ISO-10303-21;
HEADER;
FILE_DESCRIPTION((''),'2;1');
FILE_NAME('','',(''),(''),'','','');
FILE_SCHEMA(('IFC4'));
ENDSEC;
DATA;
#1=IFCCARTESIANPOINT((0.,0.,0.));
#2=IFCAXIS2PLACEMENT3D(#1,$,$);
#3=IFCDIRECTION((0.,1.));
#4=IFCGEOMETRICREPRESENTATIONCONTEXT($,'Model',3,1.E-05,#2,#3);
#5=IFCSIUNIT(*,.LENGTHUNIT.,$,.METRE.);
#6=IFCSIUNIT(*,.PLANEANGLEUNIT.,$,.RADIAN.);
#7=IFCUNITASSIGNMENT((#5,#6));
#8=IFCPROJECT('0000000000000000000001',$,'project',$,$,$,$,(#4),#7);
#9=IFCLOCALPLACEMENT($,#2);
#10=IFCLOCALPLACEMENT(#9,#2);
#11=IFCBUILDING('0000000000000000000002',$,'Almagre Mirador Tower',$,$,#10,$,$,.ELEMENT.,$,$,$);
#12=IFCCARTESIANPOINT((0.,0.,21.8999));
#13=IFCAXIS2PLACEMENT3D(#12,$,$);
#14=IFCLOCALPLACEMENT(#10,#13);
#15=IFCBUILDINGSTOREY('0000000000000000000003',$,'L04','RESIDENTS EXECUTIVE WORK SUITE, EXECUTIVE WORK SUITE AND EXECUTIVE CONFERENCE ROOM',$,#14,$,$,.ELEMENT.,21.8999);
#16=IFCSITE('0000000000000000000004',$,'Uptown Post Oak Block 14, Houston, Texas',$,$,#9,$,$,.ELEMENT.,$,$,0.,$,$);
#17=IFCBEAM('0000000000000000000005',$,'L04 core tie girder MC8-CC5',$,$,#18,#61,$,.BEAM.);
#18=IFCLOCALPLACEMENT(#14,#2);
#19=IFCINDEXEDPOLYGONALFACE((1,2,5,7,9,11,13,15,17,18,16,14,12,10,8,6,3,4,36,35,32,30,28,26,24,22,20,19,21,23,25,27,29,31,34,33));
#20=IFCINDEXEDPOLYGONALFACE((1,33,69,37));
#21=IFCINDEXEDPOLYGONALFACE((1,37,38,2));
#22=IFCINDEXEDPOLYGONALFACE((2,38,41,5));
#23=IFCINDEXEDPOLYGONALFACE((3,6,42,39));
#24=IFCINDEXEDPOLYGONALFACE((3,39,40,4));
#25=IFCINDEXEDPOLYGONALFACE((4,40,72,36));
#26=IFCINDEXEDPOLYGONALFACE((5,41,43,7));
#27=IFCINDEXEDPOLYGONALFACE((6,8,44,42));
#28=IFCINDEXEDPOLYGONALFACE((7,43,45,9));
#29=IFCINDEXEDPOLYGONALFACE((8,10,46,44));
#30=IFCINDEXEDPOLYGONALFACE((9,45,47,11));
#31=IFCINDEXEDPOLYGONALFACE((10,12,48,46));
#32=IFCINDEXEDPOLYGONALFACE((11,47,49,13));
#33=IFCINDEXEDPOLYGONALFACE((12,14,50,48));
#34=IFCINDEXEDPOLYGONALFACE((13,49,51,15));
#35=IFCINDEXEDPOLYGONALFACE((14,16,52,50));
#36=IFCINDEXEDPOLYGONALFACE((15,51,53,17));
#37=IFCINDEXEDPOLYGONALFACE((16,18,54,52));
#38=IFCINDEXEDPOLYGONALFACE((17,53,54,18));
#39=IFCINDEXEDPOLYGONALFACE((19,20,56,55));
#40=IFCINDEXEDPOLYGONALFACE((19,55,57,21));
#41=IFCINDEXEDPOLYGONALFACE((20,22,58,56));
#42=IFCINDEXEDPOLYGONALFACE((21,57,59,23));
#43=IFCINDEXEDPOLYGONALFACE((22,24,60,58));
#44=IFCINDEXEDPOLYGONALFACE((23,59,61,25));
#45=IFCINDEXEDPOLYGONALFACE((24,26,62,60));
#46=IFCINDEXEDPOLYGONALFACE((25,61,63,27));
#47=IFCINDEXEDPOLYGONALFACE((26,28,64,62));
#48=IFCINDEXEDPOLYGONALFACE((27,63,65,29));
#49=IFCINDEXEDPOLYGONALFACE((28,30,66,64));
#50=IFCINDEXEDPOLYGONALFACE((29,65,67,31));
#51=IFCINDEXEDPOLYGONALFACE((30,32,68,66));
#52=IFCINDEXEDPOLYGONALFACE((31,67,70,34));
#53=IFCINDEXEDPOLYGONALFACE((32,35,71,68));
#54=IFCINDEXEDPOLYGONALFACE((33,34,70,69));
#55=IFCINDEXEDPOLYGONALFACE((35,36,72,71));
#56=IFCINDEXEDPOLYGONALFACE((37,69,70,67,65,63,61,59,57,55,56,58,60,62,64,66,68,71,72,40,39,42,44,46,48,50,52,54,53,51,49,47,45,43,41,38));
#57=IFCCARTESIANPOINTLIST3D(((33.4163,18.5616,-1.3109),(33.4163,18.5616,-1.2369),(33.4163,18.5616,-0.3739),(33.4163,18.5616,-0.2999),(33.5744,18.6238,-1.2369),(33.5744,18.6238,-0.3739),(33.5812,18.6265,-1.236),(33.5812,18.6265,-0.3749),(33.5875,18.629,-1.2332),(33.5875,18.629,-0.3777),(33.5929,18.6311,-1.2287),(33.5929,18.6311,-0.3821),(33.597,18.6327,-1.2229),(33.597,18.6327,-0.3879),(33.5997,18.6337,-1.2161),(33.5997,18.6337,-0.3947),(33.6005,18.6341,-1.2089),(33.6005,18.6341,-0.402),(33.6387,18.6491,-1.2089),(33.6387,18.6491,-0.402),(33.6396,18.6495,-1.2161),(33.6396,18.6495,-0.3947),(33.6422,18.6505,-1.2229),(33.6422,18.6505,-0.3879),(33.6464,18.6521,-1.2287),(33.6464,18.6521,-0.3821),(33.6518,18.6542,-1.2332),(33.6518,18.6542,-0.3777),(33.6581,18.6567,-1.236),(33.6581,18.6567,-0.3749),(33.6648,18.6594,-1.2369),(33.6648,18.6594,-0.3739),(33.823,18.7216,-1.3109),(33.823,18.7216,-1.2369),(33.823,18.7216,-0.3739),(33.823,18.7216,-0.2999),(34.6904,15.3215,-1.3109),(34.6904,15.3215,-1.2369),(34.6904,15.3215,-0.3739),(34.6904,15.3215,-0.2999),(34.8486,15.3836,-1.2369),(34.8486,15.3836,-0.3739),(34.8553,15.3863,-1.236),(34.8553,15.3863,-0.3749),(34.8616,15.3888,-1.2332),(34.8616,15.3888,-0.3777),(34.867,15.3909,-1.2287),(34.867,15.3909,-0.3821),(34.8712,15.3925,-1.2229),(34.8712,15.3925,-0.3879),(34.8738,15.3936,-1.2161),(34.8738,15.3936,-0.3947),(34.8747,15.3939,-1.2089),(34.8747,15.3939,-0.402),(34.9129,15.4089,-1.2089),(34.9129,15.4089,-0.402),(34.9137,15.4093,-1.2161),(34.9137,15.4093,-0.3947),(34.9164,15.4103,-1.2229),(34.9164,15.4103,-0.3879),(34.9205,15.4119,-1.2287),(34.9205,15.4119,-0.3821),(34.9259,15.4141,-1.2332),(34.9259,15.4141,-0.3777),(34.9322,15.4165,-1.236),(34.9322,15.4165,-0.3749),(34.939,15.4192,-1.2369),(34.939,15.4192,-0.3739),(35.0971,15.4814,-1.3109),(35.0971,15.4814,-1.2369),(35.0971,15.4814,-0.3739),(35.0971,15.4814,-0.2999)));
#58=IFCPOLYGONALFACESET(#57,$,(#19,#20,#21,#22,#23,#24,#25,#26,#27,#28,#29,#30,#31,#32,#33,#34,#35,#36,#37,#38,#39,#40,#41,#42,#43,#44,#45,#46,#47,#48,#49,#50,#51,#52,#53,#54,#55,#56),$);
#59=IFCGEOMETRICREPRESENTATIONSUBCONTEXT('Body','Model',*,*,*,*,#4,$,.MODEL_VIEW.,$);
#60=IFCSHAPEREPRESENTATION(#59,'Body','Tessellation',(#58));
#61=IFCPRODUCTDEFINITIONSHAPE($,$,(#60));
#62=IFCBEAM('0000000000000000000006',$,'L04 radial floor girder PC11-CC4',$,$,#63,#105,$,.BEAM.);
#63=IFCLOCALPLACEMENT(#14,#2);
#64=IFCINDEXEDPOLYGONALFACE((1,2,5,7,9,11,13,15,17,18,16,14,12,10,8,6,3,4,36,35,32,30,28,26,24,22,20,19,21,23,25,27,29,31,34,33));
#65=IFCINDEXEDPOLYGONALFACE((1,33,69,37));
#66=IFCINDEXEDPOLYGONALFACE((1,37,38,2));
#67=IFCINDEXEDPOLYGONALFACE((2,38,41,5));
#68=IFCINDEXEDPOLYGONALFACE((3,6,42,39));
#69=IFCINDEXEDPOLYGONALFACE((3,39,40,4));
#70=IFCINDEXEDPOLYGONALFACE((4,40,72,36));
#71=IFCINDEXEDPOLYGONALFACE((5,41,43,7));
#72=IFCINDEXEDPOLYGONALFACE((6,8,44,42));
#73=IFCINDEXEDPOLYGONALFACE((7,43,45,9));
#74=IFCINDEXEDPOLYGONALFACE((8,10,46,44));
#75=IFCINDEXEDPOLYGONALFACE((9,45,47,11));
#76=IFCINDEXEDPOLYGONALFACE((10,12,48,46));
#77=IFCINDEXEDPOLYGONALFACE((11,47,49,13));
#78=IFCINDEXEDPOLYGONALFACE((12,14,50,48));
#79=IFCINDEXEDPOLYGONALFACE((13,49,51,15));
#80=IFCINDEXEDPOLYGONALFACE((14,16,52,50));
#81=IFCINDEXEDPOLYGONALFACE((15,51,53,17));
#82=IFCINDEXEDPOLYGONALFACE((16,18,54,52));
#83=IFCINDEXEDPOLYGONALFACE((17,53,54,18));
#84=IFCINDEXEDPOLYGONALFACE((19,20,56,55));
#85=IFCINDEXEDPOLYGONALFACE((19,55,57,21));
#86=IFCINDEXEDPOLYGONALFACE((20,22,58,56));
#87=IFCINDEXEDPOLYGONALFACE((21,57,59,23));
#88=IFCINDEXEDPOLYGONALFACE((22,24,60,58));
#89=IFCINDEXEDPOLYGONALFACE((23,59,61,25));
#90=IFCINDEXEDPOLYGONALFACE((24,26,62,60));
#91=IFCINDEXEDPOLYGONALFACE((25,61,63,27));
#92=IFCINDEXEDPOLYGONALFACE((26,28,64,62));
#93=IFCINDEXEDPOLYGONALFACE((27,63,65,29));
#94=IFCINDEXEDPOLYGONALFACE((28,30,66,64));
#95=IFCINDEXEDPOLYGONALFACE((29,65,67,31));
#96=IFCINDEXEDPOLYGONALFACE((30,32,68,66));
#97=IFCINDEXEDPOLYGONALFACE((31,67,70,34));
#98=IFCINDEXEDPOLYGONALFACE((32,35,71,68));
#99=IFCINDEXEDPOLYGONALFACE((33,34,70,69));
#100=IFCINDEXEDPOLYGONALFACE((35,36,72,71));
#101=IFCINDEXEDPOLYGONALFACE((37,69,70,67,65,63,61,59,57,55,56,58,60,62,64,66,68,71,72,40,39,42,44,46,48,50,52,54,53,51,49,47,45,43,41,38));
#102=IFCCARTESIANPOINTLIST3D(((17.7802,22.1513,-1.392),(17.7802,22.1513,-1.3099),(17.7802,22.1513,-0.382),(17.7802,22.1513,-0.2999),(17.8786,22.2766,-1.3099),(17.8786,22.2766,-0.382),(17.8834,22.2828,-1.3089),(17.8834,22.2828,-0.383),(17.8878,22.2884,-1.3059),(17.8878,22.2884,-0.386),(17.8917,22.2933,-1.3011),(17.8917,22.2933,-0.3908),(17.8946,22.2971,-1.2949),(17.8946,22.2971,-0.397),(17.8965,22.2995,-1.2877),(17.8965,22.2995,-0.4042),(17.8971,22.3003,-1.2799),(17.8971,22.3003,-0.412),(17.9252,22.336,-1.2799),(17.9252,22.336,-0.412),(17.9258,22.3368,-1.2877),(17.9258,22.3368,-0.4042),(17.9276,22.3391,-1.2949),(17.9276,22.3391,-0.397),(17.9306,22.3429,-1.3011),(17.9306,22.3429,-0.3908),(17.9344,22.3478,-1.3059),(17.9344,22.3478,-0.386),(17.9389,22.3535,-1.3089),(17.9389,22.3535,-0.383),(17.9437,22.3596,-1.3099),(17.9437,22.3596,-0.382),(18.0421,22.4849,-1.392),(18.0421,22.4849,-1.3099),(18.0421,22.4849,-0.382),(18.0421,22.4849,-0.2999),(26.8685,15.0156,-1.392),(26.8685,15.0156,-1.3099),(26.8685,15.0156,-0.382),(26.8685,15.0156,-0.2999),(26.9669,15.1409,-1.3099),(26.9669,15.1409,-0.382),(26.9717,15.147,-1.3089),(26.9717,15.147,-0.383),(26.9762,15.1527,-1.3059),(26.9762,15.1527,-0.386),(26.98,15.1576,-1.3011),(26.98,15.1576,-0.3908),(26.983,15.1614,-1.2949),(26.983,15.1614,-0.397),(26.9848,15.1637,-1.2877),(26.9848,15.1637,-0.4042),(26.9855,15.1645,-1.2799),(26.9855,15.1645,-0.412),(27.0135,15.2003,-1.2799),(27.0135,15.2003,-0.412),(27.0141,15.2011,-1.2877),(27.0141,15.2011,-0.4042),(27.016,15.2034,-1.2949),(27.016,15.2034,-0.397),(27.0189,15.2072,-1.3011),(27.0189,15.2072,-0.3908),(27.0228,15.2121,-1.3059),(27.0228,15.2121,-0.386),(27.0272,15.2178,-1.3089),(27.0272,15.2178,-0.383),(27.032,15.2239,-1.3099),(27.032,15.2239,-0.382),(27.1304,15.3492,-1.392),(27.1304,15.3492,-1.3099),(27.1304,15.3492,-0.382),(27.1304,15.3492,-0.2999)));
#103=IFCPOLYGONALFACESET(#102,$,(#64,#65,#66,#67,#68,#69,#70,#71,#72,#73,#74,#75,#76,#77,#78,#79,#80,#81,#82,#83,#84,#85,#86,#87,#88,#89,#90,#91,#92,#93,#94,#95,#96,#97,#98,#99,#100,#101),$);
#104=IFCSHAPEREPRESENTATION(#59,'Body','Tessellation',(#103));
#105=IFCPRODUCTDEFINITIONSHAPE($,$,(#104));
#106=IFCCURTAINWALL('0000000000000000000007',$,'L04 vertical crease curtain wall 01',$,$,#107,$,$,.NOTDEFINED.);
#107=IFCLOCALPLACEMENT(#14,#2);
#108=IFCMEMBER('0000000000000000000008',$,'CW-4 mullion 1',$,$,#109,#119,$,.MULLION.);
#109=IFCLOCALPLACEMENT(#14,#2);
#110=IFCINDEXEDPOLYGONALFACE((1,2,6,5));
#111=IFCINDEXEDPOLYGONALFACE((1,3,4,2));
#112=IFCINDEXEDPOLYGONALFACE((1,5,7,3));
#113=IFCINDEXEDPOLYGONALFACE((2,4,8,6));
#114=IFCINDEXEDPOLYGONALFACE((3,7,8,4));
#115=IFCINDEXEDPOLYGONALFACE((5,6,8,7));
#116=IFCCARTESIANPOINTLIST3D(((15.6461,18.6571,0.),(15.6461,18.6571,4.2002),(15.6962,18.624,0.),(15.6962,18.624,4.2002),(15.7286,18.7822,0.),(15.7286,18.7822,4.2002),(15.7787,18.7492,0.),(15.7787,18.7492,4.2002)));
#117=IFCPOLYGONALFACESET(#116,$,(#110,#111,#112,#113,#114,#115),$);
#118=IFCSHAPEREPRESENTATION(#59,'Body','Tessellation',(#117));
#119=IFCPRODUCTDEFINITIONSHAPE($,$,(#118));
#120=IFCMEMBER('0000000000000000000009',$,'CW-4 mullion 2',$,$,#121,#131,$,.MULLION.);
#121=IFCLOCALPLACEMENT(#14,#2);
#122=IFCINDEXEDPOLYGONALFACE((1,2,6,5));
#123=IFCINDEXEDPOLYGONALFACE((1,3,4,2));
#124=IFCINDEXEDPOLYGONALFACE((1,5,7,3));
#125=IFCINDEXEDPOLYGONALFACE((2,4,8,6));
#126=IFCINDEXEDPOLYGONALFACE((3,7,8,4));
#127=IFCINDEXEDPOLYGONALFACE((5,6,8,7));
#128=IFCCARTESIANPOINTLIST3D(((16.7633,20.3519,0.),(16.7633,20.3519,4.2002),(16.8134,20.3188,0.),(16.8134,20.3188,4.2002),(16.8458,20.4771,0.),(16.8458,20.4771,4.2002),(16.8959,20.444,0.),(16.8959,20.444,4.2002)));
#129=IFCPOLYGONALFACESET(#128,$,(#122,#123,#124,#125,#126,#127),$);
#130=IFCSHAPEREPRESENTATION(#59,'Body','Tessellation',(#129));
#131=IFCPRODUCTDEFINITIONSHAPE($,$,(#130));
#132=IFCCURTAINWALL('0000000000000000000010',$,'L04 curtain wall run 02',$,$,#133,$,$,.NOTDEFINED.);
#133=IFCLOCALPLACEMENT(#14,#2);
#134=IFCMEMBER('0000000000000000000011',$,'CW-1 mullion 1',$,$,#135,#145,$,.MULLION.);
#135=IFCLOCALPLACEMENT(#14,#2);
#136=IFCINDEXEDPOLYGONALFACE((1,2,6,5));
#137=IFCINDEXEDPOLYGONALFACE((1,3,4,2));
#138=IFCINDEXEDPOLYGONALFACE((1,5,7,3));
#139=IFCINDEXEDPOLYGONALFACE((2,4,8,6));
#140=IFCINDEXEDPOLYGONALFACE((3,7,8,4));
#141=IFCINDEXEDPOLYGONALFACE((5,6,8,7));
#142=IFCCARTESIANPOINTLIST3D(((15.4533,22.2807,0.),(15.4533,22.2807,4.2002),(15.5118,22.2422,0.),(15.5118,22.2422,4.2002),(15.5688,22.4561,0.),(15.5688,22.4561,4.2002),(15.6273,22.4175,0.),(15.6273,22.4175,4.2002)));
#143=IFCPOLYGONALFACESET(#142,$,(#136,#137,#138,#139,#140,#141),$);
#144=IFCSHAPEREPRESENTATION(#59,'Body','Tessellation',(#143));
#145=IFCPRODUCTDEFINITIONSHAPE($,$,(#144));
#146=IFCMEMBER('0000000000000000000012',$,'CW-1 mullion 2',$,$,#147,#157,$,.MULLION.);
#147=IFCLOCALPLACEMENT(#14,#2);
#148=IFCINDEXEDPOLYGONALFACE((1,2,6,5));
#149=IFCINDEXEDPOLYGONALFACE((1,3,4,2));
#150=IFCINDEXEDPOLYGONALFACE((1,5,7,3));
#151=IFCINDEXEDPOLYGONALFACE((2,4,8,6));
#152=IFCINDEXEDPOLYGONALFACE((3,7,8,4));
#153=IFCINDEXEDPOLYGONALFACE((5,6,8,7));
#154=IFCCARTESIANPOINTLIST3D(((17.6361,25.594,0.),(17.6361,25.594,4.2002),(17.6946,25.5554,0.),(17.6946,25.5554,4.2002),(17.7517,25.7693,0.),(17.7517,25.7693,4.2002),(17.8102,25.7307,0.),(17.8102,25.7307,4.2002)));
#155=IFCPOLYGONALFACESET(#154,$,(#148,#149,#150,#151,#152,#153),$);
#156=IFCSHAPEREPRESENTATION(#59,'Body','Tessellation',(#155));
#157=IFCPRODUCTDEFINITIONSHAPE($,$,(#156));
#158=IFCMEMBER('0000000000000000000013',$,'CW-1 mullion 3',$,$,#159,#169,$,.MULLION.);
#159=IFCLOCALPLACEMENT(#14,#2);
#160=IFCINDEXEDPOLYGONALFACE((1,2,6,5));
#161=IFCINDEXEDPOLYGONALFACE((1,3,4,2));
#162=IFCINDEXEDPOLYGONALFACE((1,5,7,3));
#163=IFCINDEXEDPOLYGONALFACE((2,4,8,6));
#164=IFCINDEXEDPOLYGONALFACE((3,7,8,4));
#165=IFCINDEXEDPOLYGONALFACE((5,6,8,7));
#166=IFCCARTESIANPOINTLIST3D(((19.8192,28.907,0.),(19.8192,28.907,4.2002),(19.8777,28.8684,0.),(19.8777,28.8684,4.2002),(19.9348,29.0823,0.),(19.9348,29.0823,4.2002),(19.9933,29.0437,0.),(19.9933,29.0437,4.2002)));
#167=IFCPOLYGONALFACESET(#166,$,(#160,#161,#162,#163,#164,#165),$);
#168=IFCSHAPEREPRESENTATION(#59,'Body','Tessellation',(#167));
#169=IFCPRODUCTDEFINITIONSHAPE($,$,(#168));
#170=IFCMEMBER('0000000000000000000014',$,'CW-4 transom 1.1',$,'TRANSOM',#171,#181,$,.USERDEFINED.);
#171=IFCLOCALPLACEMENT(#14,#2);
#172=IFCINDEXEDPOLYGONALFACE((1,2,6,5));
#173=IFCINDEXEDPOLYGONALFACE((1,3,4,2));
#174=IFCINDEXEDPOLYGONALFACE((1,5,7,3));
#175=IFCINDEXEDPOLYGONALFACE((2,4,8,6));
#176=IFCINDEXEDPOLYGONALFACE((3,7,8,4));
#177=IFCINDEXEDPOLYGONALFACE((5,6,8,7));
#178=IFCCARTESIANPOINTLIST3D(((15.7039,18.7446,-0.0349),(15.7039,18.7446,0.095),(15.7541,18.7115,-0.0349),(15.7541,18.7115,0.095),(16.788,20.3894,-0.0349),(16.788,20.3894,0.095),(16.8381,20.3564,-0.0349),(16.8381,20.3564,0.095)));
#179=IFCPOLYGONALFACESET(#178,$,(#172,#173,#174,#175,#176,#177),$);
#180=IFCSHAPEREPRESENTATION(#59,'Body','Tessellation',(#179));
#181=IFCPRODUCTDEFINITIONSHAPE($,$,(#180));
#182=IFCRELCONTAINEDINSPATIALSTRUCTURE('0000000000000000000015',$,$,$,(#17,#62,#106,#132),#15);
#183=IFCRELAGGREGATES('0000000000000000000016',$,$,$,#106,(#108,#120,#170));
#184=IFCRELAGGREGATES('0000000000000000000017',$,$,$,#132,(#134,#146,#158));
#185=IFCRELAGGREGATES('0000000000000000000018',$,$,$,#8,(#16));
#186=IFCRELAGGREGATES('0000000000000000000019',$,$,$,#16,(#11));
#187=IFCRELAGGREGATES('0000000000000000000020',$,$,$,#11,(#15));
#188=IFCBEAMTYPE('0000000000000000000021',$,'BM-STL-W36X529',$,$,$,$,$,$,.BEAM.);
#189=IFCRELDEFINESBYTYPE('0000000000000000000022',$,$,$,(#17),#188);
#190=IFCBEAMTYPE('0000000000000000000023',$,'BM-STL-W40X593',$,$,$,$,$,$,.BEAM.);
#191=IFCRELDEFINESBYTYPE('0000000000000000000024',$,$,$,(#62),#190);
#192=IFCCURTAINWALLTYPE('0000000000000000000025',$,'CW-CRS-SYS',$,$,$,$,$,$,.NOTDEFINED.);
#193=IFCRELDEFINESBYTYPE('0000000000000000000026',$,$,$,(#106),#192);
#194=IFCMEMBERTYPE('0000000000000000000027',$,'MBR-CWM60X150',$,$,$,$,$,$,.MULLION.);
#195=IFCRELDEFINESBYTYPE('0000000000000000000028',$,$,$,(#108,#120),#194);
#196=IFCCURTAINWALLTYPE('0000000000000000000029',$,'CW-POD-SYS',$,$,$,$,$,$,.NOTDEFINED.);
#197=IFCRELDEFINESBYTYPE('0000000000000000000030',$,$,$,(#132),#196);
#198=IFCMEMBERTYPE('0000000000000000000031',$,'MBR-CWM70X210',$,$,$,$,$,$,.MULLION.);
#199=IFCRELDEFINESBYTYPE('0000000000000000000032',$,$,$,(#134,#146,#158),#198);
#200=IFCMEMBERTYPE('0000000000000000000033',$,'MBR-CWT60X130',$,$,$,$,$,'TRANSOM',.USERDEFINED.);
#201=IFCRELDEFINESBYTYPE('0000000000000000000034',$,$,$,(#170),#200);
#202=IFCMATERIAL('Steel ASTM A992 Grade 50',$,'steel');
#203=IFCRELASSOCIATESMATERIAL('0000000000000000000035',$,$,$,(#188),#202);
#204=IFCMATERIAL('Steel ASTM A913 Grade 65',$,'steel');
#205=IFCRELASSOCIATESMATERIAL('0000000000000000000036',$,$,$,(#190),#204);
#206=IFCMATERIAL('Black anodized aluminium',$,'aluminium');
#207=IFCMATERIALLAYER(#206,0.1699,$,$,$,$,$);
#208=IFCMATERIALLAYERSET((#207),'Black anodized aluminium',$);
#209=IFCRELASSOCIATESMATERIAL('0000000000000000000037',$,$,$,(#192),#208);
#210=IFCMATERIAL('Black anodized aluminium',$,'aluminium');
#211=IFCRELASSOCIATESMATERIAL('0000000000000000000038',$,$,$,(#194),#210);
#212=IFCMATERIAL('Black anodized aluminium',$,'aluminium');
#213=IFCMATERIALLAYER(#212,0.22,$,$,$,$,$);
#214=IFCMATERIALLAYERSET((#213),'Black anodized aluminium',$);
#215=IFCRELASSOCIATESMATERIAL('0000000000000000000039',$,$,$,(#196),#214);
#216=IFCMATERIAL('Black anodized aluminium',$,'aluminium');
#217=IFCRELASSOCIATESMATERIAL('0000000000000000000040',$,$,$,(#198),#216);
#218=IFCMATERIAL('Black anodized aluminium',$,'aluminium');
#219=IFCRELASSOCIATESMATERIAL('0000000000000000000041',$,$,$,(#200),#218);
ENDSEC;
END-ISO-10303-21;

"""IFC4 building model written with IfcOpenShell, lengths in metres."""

from ifc_helpers import new_model, si_unit, direction, frame, origin, origin_2d, place, context, subcontext, project, spatial, rectangle, i_section, extrude, material, layer, layer_set, material_profile, profile_set, type_object, element, aggregate, save


model = new_model("IFC4")

# Units and contexts
model_context = context("Model", 3, precision=1e-05, world=origin(), true_north=direction((0.0, 1.0)))
body_context = subcontext(model_context, "Body", "Model", "MODEL_VIEW")
ifc_project = project(units=[si_unit("LENGTHUNIT", "METRE"), si_unit("PLANEANGLEUNIT", "RADIAN")], contexts=[model_context])

# Site, building, storey
site_placement = place(None, origin())
site = spatial("IfcSite", under=ifc_project, at=site_placement, Name="Uptown Post Oak Block 14, Houston, Texas", CompositionType="ELEMENT", RefElevation=0.0)
building_placement = place(site_placement, origin())
building = spatial("IfcBuilding", under=site, at=building_placement, Name="Almagre Mirador Tower", CompositionType="ELEMENT")
storey_placement = place(building_placement, frame((0.0, 0.0, 21.8999)))
storey = spatial("IfcBuildingStorey", under=building, at=storey_placement, Name="L04", Description="RESIDENTS EXECUTIVE WORK SUITE, EXECUTIVE WORK SUITE AND EXECUTIVE CONFERENCE ROOM", CompositionType="ELEMENT", Elevation=21.8999)

# Beams
ifc_material_1 = material(Name="Steel ASTM A992 Grade 50", Category="steel")
ifc_material_profile_1 = material_profile(ifc_material_1, i_section(OverallWidth=0.437, OverallDepth=1.011, WebThickness=0.041, FlangeThickness=0.074, FilletRadius=0.0281, at=origin_2d()), Name="W36X529")
ifc_profile_set_1 = profile_set([ifc_material_profile_1], Name="Steel ASTM A992 Grade 50")
beam_type_1 = type_object("IfcBeamType", Name="BM-STL-W36X529", PredefinedType="BEAM", material=ifc_profile_set_1)
beam_1_placement = place(storey_placement, frame((33.6196, 18.6416, -0.8054), z_axis=(0.365956, -0.930632, 0.0), x_axis=(0.930632, 0.365956, 0.0)))
element("IfcBeam", 1, at=beam_1_placement, inside=storey, type_object=beam_type_1, Name="L04 core tie girder MC8-CC5", PredefinedType="BEAM", context=body_context, shape_type="SweptSolid", body=[
    extrude(i_section(OverallWidth=0.437, OverallDepth=1.011, WebThickness=0.041, FlangeThickness=0.074, FilletRadius=0.0281, at=origin_2d()), origin(), (0.0, 0.0, 1.0), 3.4817),
])
ifc_material_2 = material(Name="Steel ASTM A913 Grade 65", Category="steel")
ifc_material_profile_2 = material_profile(ifc_material_2, i_section(OverallWidth=0.4241, OverallDepth=1.092, WebThickness=0.0454, FlangeThickness=0.082, FilletRadius=0.03, at=origin_2d()), Name="W40X593")
ifc_profile_set_2 = profile_set([ifc_material_profile_2], Name="Steel ASTM A913 Grade 65")
beam_type_2 = type_object("IfcBeamType", Name="BM-STL-W40X593", PredefinedType="BEAM", material=ifc_profile_set_2)
beam_2_placement = place(storey_placement, frame((17.9111, 22.3181, -0.8459), z_axis=(0.786534, -0.617547, 0.0), x_axis=(0.617547, 0.786534, 0.0)))
element("IfcBeam", 2, at=beam_2_placement, inside=storey, type_object=beam_type_2, Name="L04 radial floor girder PC11-CC4", PredefinedType="BEAM", context=body_context, shape_type="SweptSolid", body=[
    extrude(i_section(OverallWidth=0.4241, OverallDepth=1.092, WebThickness=0.0454, FlangeThickness=0.082, FilletRadius=0.03, at=origin_2d()), origin(), (0.0, 0.0, 1.0), 11.5549),
])

# Curtain walls, members
ifc_material_3 = material(Name="Black anodized aluminium", Category="aluminium")
ifc_layer_1 = layer(ifc_material_3, 0.1699)
ifc_layer_set_1 = layer_set([ifc_layer_1], Name="Black anodized aluminium")
curtain_wall_type_1 = type_object("IfcCurtainWallType", Name="CW-CRS-SYS", PredefinedType="NOTDEFINED", material=ifc_layer_set_1)
curtain_wall_1_placement = place(storey_placement, origin())
curtain_wall_1 = element("IfcCurtainWall", 3, at=curtain_wall_1_placement, inside=storey, type_object=curtain_wall_type_1, Name="L04 vertical crease curtain wall 01", PredefinedType="NOTDEFINED")
ifc_material_4 = material(Name="Black anodized aluminium", Category="aluminium")
ifc_material_profile_3 = material_profile(ifc_material_4, rectangle(XDim=0.0601, YDim=0.1499, at=origin_2d()), Name="CWM60X150")
ifc_profile_set_3 = profile_set([ifc_material_profile_3], Name="Black anodized aluminium")
member_type_1 = type_object("IfcMemberType", Name="MBR-CWM60X150", PredefinedType="MULLION", material=ifc_profile_set_3)
member_1_placement = place(storey_placement, frame((15.7124, 18.7031, 0.0), z_axis=(0.0, 0.0, 1.0), x_axis=(-0.834983, 0.550275, 0.0)))
member_1 = element("IfcMember", 4, at=member_1_placement, type_object=member_type_1, Name="CW-4 mullion 1", PredefinedType="MULLION", context=body_context, shape_type="SweptSolid", body=[
    extrude(rectangle(XDim=0.0601, YDim=0.1499, at=origin_2d()), origin(), (0.0, 0.0, 1.0), 4.2002),
])
member_2_placement = place(storey_placement, frame((16.8296, 20.3979, 0.0), z_axis=(0.0, 0.0, 1.0), x_axis=(-0.834983, 0.550275, 0.0)))
member_2 = element("IfcMember", 5, at=member_2_placement, type_object=member_type_1, Name="CW-4 mullion 2", PredefinedType="MULLION", context=body_context, shape_type="SweptSolid", body=[
    extrude(rectangle(XDim=0.0601, YDim=0.1499, at=origin_2d()), origin(), (0.0, 0.0, 1.0), 4.2002),
])
ifc_material_5 = material(Name="Black anodized aluminium", Category="aluminium")
ifc_layer_2 = layer(ifc_material_5, 0.22)
ifc_layer_set_2 = layer_set([ifc_layer_2], Name="Black anodized aluminium")
curtain_wall_type_2 = type_object("IfcCurtainWallType", Name="CW-POD-SYS", PredefinedType="NOTDEFINED", material=ifc_layer_set_2)
curtain_wall_2_placement = place(storey_placement, origin())
curtain_wall_2 = element("IfcCurtainWall", 6, at=curtain_wall_2_placement, inside=storey, type_object=curtain_wall_type_2, Name="L04 curtain wall run 02", PredefinedType="NOTDEFINED")
ifc_material_6 = material(Name="Black anodized aluminium", Category="aluminium")
ifc_material_profile_4 = material_profile(ifc_material_6, rectangle(XDim=0.0701, YDim=0.21, at=origin_2d()), Name="CWM70X210")
ifc_profile_set_4 = profile_set([ifc_material_profile_4], Name="Black anodized aluminium")
member_type_2 = type_object("IfcMemberType", Name="MBR-CWM70X210", PredefinedType="MULLION", material=ifc_profile_set_4)
member_3_placement = place(storey_placement, frame((15.5403, 22.3491, 0.0), z_axis=(0.0, 0.0, 1.0), x_axis=(-0.835027, 0.550209, 0.0)))
member_3 = element("IfcMember", 7, at=member_3_placement, type_object=member_type_2, Name="CW-1 mullion 1", PredefinedType="MULLION", context=body_context, shape_type="SweptSolid", body=[
    extrude(rectangle(XDim=0.0701, YDim=0.21, at=origin_2d()), origin(), (0.0, 0.0, 1.0), 4.2002),
])
member_4_placement = place(storey_placement, frame((17.7231, 25.6624, 0.0), z_axis=(0.0, 0.0, 1.0), x_axis=(-0.835027, 0.550209, 0.0)))
member_4 = element("IfcMember", 8, at=member_4_placement, type_object=member_type_2, Name="CW-1 mullion 2", PredefinedType="MULLION", context=body_context, shape_type="SweptSolid", body=[
    extrude(rectangle(XDim=0.0701, YDim=0.21, at=origin_2d()), origin(), (0.0, 0.0, 1.0), 4.2002),
])
member_5_placement = place(storey_placement, frame((19.9062, 28.9753, 0.0), z_axis=(0.0, 0.0, 1.0), x_axis=(-0.835027, 0.550209, 0.0)))
member_5 = element("IfcMember", 9, at=member_5_placement, type_object=member_type_2, Name="CW-1 mullion 3", PredefinedType="MULLION", context=body_context, shape_type="SweptSolid", body=[
    extrude(rectangle(XDim=0.0701, YDim=0.21, at=origin_2d()), origin(), (0.0, 0.0, 1.0), 4.2002),
])

# Member
ifc_material_7 = material(Name="Black anodized aluminium", Category="aluminium")
ifc_material_profile_5 = material_profile(ifc_material_7, rectangle(XDim=0.0601, YDim=0.1299, at=origin_2d()), Name="CWT60X130")
ifc_profile_set_5 = profile_set([ifc_material_profile_5], Name="Black anodized aluminium")
member_type_3 = type_object("IfcMemberType", Name="MBR-CWT60X130", ElementType="TRANSOM", PredefinedType="USERDEFINED", material=ifc_profile_set_5)
member_6_placement = place(storey_placement, frame((15.729, 18.728, 0.03), z_axis=(0.550288, 0.834975, 0.0), x_axis=(-0.834975, 0.550288, 0.0)))
member_6 = element("IfcMember", 10, at=member_6_placement, type_object=member_type_3, Name="CW-4 transom 1.1", ObjectType="TRANSOM", PredefinedType="USERDEFINED", context=body_context, shape_type="SweptSolid", body=[
    extrude(rectangle(XDim=0.0601, YDim=0.1299, at=origin_2d()), origin(), (0.0, 0.0, 1.0), 1.97),
])

aggregate(curtain_wall_1, [member_1, member_2, member_6])
aggregate(curtain_wall_2, [member_3, member_4, member_5])

save(model, "model.ifc")
